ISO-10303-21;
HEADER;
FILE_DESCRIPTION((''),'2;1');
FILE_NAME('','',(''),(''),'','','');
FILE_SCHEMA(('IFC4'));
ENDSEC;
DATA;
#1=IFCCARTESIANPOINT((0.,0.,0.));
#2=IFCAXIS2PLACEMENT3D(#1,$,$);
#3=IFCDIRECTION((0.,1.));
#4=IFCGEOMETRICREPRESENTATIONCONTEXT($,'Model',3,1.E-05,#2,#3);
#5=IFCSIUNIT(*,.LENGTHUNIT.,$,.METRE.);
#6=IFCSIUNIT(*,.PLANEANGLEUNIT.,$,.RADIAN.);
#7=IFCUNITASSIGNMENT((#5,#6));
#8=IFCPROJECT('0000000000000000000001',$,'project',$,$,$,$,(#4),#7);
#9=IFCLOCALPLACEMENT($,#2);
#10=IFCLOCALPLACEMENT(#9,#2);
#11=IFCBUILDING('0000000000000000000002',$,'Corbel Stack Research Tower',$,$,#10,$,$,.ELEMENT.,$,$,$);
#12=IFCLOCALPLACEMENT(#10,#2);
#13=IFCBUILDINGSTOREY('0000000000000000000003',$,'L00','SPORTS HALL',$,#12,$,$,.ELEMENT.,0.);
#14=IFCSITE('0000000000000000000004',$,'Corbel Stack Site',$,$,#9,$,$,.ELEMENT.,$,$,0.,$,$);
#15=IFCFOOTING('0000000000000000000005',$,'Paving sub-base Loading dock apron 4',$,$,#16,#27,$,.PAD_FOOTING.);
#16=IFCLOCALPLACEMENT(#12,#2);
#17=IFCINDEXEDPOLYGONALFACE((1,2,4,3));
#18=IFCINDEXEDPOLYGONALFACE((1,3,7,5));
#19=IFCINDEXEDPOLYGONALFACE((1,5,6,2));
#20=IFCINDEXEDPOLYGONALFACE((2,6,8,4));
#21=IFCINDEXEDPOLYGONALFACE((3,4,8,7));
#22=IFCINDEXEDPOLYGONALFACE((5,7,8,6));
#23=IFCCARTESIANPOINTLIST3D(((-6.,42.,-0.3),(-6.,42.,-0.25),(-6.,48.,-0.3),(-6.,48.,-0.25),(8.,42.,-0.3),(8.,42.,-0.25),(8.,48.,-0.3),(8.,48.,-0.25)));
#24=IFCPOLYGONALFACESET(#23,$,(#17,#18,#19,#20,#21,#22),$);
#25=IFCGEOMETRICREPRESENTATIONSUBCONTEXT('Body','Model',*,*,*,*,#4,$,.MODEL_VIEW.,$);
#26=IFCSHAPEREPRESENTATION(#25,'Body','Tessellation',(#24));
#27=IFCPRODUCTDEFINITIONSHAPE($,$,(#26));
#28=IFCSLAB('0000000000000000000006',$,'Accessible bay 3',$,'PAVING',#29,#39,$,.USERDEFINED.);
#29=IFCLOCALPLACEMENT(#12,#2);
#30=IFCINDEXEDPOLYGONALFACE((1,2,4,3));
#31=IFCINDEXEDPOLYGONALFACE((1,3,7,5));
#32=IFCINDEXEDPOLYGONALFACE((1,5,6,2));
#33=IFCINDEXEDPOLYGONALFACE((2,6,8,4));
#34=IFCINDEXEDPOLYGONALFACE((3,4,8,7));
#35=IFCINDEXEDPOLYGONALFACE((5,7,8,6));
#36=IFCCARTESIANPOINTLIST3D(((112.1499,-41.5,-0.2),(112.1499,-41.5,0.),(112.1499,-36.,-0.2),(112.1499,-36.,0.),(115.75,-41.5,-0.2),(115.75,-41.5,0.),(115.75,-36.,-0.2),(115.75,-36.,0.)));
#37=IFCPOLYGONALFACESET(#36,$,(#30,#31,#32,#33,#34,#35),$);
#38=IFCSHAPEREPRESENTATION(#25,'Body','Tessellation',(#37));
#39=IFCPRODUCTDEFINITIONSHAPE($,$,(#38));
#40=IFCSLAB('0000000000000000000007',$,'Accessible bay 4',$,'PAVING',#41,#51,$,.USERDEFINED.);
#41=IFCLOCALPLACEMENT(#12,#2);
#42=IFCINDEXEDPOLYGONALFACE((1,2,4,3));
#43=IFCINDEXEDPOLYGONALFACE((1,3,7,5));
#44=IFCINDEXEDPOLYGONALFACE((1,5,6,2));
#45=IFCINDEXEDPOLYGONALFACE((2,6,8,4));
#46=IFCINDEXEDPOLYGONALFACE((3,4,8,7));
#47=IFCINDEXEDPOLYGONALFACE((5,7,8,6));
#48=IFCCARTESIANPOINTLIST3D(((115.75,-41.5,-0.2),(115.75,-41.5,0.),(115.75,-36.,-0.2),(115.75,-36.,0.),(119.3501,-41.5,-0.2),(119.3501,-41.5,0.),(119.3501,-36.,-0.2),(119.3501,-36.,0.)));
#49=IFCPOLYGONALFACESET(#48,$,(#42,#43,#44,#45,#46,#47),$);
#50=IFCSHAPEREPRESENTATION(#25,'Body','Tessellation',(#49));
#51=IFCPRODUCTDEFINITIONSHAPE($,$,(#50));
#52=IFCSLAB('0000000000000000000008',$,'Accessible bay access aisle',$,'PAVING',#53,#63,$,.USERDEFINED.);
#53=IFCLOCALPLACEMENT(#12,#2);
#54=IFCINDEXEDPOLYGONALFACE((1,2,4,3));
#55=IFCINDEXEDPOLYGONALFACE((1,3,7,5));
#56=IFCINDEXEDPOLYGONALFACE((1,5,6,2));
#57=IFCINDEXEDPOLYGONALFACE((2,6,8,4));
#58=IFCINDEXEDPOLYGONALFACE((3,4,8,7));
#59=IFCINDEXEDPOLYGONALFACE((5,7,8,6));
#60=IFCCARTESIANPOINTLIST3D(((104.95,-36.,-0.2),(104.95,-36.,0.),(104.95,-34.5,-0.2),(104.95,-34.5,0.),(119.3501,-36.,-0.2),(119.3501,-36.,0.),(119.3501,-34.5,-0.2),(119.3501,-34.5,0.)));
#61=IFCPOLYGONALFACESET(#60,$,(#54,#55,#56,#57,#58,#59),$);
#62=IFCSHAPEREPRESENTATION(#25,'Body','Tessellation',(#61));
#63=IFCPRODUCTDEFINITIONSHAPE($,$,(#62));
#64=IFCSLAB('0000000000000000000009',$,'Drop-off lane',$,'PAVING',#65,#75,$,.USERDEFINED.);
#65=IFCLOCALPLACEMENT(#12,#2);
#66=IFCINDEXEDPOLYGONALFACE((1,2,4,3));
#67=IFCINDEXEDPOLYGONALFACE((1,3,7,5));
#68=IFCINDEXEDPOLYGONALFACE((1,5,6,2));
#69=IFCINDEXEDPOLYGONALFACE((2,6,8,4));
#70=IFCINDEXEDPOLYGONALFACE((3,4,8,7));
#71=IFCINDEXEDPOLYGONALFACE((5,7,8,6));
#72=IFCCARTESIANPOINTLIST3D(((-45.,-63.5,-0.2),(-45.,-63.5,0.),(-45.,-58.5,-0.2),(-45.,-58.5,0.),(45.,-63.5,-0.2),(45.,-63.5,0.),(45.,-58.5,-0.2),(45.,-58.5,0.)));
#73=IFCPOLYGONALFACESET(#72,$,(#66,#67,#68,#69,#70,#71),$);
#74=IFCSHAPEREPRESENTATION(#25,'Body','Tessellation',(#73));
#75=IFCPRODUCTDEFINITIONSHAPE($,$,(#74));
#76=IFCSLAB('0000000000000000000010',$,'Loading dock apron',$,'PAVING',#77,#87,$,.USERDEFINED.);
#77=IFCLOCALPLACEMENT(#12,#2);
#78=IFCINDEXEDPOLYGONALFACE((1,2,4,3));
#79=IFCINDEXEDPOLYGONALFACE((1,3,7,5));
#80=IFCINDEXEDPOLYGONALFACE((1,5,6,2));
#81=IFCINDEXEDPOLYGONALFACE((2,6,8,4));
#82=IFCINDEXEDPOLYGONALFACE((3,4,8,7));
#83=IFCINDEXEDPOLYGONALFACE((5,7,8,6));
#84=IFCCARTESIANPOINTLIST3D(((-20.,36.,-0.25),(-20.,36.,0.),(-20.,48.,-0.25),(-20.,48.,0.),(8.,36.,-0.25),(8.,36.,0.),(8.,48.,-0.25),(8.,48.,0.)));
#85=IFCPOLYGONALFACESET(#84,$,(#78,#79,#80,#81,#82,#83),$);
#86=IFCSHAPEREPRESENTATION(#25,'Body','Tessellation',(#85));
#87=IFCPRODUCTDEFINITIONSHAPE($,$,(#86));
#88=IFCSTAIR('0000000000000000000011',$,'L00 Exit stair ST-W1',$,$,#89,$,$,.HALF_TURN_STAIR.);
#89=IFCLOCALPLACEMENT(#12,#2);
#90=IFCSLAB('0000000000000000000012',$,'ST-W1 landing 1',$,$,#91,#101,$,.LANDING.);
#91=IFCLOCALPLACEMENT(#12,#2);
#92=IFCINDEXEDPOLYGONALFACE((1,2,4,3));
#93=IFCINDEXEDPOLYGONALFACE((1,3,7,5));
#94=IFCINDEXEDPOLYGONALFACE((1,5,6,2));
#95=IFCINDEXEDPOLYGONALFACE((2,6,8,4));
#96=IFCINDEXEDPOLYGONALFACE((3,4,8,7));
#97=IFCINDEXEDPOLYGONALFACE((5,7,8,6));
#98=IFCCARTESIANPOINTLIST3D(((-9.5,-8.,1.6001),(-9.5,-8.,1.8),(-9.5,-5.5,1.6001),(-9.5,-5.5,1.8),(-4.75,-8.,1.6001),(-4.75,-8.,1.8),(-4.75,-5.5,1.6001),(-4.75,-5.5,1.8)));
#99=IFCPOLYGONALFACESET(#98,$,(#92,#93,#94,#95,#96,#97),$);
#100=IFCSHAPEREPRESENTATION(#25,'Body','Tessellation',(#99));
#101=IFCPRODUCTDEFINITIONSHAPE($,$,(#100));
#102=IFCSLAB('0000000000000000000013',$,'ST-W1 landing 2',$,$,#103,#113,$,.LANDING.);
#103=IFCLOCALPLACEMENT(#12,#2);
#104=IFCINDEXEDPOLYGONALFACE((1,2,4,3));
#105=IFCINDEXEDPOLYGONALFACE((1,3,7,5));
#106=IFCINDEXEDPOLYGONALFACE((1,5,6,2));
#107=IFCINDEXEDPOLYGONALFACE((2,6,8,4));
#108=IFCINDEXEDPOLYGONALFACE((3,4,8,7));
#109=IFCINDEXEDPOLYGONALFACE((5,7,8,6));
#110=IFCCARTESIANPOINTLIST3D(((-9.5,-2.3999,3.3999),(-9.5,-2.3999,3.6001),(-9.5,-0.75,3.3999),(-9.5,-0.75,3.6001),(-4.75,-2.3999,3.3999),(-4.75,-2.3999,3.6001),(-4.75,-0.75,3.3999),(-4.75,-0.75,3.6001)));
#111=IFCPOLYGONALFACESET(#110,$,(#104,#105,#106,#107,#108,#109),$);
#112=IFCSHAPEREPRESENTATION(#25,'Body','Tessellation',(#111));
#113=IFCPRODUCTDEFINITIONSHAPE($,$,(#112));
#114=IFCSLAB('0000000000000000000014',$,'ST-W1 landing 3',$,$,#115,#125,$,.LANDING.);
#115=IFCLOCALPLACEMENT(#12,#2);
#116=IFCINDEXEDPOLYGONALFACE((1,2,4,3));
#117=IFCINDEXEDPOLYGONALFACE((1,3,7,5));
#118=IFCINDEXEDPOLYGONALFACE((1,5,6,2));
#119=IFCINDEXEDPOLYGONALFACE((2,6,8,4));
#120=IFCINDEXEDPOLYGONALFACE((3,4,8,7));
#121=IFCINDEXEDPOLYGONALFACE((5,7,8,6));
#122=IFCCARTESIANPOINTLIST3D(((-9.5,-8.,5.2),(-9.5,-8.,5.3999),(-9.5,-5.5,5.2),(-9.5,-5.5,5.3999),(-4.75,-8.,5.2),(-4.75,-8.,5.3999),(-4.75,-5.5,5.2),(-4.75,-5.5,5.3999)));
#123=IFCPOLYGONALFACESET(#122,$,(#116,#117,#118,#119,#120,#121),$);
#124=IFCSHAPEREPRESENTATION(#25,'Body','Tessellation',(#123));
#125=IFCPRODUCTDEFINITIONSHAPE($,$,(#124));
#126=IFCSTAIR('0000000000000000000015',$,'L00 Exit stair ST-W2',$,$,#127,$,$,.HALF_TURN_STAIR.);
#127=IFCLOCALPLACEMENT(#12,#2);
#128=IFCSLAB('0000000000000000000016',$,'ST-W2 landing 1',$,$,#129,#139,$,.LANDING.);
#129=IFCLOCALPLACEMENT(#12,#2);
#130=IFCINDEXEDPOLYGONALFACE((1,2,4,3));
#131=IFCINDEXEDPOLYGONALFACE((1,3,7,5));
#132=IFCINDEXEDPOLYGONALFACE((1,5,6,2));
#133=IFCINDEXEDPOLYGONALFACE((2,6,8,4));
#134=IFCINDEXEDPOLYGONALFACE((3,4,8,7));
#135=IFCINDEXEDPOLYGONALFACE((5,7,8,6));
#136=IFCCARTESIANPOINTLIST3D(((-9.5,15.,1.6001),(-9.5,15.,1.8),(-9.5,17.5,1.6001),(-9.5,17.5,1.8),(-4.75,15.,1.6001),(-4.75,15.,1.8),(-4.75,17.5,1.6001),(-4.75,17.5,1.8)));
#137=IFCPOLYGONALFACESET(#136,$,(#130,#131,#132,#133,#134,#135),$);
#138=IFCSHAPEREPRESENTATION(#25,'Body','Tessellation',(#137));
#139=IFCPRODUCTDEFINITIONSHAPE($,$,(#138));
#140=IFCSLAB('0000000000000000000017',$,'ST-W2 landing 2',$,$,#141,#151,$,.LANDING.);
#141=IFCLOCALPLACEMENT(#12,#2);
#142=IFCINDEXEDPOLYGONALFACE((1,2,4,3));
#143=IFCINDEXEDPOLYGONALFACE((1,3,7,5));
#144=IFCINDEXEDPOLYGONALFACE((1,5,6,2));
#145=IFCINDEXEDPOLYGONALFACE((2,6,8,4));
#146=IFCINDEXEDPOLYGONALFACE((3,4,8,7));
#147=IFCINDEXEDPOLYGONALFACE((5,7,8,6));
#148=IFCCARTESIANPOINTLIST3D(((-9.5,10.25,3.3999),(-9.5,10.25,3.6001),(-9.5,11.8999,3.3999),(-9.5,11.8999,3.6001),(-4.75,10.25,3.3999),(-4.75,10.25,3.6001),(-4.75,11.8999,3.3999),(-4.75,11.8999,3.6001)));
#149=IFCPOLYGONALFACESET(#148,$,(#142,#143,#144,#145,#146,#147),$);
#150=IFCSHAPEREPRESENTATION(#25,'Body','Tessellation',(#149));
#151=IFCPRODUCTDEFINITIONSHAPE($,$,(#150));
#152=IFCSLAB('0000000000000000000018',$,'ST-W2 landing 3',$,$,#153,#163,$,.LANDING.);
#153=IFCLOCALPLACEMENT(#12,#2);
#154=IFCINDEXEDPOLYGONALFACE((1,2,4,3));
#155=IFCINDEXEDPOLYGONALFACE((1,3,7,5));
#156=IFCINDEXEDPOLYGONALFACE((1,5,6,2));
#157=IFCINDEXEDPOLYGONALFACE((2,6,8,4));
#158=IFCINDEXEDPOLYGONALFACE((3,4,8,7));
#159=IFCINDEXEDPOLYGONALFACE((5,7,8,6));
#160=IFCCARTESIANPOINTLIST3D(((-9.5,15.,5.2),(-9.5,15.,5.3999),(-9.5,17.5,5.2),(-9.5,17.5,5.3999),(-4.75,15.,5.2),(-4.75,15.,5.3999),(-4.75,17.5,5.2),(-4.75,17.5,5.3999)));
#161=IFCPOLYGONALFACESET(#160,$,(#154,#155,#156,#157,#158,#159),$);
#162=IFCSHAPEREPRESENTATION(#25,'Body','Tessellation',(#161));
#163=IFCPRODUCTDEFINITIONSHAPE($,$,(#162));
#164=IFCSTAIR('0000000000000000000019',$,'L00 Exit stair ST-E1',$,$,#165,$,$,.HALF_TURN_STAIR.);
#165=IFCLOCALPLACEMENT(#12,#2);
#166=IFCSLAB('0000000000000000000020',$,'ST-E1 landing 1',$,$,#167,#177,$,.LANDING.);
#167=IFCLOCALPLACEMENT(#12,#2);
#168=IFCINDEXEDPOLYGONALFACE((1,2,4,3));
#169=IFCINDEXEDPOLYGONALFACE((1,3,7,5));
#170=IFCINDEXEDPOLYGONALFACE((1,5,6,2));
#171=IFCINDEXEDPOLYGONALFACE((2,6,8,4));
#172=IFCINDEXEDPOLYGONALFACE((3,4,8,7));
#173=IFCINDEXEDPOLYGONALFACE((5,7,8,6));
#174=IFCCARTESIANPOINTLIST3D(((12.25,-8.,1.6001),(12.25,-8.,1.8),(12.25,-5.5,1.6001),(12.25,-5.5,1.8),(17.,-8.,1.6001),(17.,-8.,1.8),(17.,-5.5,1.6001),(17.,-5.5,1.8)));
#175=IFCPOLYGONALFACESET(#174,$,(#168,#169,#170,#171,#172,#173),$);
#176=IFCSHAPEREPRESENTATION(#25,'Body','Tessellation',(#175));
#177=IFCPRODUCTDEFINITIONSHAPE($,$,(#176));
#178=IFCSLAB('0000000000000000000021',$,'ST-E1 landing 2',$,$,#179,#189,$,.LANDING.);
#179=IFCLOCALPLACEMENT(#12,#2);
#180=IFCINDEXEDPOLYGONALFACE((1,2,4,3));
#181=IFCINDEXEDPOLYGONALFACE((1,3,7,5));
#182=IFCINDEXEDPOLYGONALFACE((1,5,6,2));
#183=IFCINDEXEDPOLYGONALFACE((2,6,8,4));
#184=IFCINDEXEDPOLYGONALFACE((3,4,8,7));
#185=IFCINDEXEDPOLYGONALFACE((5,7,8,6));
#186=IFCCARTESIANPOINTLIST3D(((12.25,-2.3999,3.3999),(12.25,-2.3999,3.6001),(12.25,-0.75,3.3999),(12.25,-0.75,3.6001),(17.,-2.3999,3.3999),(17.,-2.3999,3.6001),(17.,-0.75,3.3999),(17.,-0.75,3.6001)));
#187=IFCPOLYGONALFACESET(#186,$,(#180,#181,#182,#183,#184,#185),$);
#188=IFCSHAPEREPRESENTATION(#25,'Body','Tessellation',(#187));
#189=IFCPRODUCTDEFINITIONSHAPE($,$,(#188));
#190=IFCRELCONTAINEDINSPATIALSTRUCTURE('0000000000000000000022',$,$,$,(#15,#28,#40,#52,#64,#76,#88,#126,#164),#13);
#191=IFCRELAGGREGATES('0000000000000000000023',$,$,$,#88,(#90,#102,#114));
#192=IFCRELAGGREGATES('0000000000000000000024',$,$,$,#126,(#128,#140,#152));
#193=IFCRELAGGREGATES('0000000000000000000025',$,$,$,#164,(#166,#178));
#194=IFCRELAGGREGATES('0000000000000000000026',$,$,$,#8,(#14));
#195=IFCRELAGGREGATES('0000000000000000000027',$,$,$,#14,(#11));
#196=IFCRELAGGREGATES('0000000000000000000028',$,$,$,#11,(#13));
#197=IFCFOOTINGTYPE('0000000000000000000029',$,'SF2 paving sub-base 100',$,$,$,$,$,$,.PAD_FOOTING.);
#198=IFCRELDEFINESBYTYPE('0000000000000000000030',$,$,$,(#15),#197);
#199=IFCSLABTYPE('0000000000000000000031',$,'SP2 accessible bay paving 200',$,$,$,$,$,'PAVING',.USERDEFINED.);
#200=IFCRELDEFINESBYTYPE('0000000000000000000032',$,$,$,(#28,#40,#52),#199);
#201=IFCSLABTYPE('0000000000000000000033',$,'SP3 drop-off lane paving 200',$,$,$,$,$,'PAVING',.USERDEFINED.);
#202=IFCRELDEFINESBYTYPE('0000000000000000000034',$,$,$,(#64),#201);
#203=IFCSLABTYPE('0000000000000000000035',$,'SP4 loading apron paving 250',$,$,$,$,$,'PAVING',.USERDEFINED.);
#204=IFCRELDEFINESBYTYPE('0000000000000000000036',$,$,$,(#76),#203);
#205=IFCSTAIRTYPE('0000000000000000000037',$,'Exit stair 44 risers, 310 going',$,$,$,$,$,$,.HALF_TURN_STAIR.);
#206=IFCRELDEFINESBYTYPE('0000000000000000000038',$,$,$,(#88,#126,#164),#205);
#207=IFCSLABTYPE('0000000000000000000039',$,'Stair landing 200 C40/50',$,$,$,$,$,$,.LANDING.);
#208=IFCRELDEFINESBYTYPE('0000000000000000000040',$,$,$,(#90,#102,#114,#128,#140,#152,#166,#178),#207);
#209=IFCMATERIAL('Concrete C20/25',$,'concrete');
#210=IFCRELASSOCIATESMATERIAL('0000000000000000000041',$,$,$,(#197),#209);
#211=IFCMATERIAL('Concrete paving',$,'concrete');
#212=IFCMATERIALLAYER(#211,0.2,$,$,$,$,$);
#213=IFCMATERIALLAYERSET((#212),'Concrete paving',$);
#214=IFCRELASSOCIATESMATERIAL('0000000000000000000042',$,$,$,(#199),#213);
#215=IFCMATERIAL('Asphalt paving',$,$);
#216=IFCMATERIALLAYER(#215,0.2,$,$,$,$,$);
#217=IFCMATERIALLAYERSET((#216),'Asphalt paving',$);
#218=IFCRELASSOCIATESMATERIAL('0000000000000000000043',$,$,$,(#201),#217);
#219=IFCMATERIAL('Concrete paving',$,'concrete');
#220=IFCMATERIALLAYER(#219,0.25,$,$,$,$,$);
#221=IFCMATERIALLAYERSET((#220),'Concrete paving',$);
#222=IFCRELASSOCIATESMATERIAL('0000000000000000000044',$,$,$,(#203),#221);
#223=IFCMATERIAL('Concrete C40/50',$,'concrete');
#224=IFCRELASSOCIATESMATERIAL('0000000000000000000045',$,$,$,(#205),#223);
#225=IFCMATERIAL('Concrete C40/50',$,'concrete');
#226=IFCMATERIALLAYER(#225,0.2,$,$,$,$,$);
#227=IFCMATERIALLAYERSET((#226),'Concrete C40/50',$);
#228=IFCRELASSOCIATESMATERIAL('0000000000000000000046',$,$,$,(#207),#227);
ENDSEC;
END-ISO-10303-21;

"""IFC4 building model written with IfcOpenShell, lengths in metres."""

from ifc_helpers import new_model, si_unit, direction, frame, origin, place, context, subcontext, project, spatial, polyline, outline, extrude, material, layer, layer_set, type_object, element, aggregate, save


model = new_model("IFC4")

# Units and contexts
model_context = context("Model", 3, precision=1e-05, world=origin(), true_north=direction((0.0, 1.0)))
body_context = subcontext(model_context, "Body", "Model", "MODEL_VIEW")
ifc_project = project(units=[si_unit("LENGTHUNIT", "METRE"), si_unit("PLANEANGLEUNIT", "RADIAN")], contexts=[model_context])

# Site, building, storey
site_placement = place(None, origin())
site = spatial("IfcSite", under=ifc_project, at=site_placement, Name="Corbel Stack Site", CompositionType="ELEMENT", RefElevation=0.0)
building_placement = place(site_placement, origin())
building = spatial("IfcBuilding", under=site, at=building_placement, Name="Corbel Stack Research Tower", CompositionType="ELEMENT")
storey_placement = place(building_placement, origin())
storey = spatial("IfcBuildingStorey", under=building, at=storey_placement, Name="L00", Description="SPORTS HALL", CompositionType="ELEMENT", Elevation=0.0)

# Footing
ifc_material_1 = material(Name="Concrete C20/25", Category="concrete")
footing_type = type_object("IfcFootingType", Name="SF2 paving sub-base 100", PredefinedType="PAD_FOOTING", material=ifc_material_1)
footing_1_placement = place(storey_placement, frame((0.0, 0.0, -0.3)))
element("IfcFooting", 1, at=footing_1_placement, inside=storey, type_object=footing_type, Name="Paving sub-base Loading dock apron 4", PredefinedType="PAD_FOOTING", context=body_context, shape_type="SweptSolid", body=[
    extrude(outline(polyline([(8.0, 42.0), (-6.0, 42.0), (-6.0, 48.0), (8.0, 48.0), (8.0, 42.0)])), origin(), (0.0, 0.0, 1.0), 0.05),
])

# Slabs
ifc_material_2 = material(Name="Concrete paving", Category="concrete")
ifc_layer_1 = layer(ifc_material_2, 0.2)
ifc_layer_set_1 = layer_set([ifc_layer_1], Name="Concrete paving")
slab_type_1 = type_object("IfcSlabType", Name="SP2 accessible bay paving 200", ElementType="PAVING", PredefinedType="USERDEFINED", material=ifc_layer_set_1)
slab_1_placement = place(storey_placement, frame((0.0, 0.0, -0.2)))
element("IfcSlab", 2, at=slab_1_placement, inside=storey, type_object=slab_type_1, Name="Accessible bay 3", ObjectType="PAVING", PredefinedType="USERDEFINED", context=body_context, shape_type="SweptSolid", body=[
    extrude(outline(polyline([(115.75, -41.5), (112.1499, -41.5), (112.1499, -36.0), (115.75, -36.0), (115.75, -41.5)])), origin(), (0.0, 0.0, 1.0), 0.2),
])
slab_2_placement = place(storey_placement, frame((0.0, 0.0, -0.2)))
element("IfcSlab", 3, at=slab_2_placement, inside=storey, type_object=slab_type_1, Name="Accessible bay 4", ObjectType="PAVING", PredefinedType="USERDEFINED", context=body_context, shape_type="SweptSolid", body=[
    extrude(outline(polyline([(119.3501, -41.5), (115.75, -41.5), (115.75, -36.0), (119.3501, -36.0), (119.3501, -41.5)])), origin(), (0.0, 0.0, 1.0), 0.2),
])
slab_3_placement = place(storey_placement, frame((0.0, 0.0, -0.2)))
element("IfcSlab", 4, at=slab_3_placement, inside=storey, type_object=slab_type_1, Name="Accessible bay access aisle", ObjectType="PAVING", PredefinedType="USERDEFINED", context=body_context, shape_type="SweptSolid", body=[
    extrude(outline(polyline([(119.3501, -36.0), (104.95, -36.0), (104.95, -34.5), (119.3501, -34.5), (119.3501, -36.0)])), origin(), (0.0, 0.0, 1.0), 0.2),
])
ifc_material_3 = material(Name="Asphalt paving")
ifc_layer_2 = layer(ifc_material_3, 0.2)
ifc_layer_set_2 = layer_set([ifc_layer_2], Name="Asphalt paving")
slab_type_2 = type_object("IfcSlabType", Name="SP3 drop-off lane paving 200", ElementType="PAVING", PredefinedType="USERDEFINED", material=ifc_layer_set_2)
slab_4_placement = place(storey_placement, frame((0.0, 0.0, -0.2)))
element("IfcSlab", 5, at=slab_4_placement, inside=storey, type_object=slab_type_2, Name="Drop-off lane", ObjectType="PAVING", PredefinedType="USERDEFINED", context=body_context, shape_type="SweptSolid", body=[
    extrude(outline(polyline([(45.0, -63.5), (-45.0, -63.5), (-45.0, -58.5), (45.0, -58.5), (45.0, -63.5)])), origin(), (0.0, 0.0, 1.0), 0.2),
])
ifc_material_4 = material(Name="Concrete paving", Category="concrete")
ifc_layer_3 = layer(ifc_material_4, 0.25)
ifc_layer_set_3 = layer_set([ifc_layer_3], Name="Concrete paving")
slab_type_3 = type_object("IfcSlabType", Name="SP4 loading apron paving 250", ElementType="PAVING", PredefinedType="USERDEFINED", material=ifc_layer_set_3)
slab_5_placement = place(storey_placement, frame((0.0, 0.0, -0.25)))
element("IfcSlab", 6, at=slab_5_placement, inside=storey, type_object=slab_type_3, Name="Loading dock apron", ObjectType="PAVING", PredefinedType="USERDEFINED", context=body_context, shape_type="SweptSolid", body=[
    extrude(outline(polyline([(8.0, 36.0), (-20.0, 36.0), (-20.0, 48.0), (8.0, 48.0), (8.0, 36.0)])), origin(), (0.0, 0.0, 1.0), 0.25),
])

# Stairs, slabs
ifc_material_5 = material(Name="Concrete C40/50", Category="concrete")
stair_type = type_object("IfcStairType", Name="Exit stair 44 risers, 310 going", PredefinedType="HALF_TURN_STAIR", material=ifc_material_5)
stair_1_placement = place(storey_placement, origin())
stair_1 = element("IfcStair", 7, at=stair_1_placement, inside=storey, type_object=stair_type, Name="L00 Exit stair ST-W1", PredefinedType="HALF_TURN_STAIR")
ifc_material_6 = material(Name="Concrete C40/50", Category="concrete")
ifc_layer_4 = layer(ifc_material_6, 0.2)
ifc_layer_set_4 = layer_set([ifc_layer_4], Name="Concrete C40/50")
slab_type_4 = type_object("IfcSlabType", Name="Stair landing 200 C40/50", PredefinedType="LANDING", material=ifc_layer_set_4)
slab_6_placement = place(storey_placement, frame((0.0, 0.0, 1.6001)))
slab_6 = element("IfcSlab", 8, at=slab_6_placement, type_object=slab_type_4, Name="ST-W1 landing 1", PredefinedType="LANDING", context=body_context, shape_type="SweptSolid", body=[
    extrude(outline(polyline([(-9.5, -8.0), (-9.5, -5.5), (-4.75, -5.5), (-4.75, -8.0), (-9.5, -8.0)])), origin(), (0.0, 0.0, 1.0), 0.2),
])
slab_7_placement = place(storey_placement, frame((0.0, 0.0, 3.3999)))
slab_7 = element("IfcSlab", 9, at=slab_7_placement, type_object=slab_type_4, Name="ST-W1 landing 2", PredefinedType="LANDING", context=body_context, shape_type="SweptSolid", body=[
    extrude(outline(polyline([(-9.5, -2.3999), (-9.5, -0.75), (-4.75, -0.75), (-4.75, -2.3999), (-9.5, -2.3999)])), origin(), (0.0, 0.0, 1.0), 0.2002),
])
slab_8_placement = place(storey_placement, frame((0.0, 0.0, 5.2)))
slab_8 = element("IfcSlab", 10, at=slab_8_placement, type_object=slab_type_4, Name="ST-W1 landing 3", PredefinedType="LANDING", context=body_context, shape_type="SweptSolid", body=[
    extrude(outline(polyline([(-9.5, -8.0), (-9.5, -5.5), (-4.75, -5.5), (-4.75, -8.0), (-9.5, -8.0)])), origin(), (0.0, 0.0, 1.0), 0.2),
])
aggregate(stair_1, [slab_6, slab_7, slab_8])
stair_2_placement = place(storey_placement, origin())
stair_2 = element("IfcStair", 11, at=stair_2_placement, inside=storey, type_object=stair_type, Name="L00 Exit stair ST-W2", PredefinedType="HALF_TURN_STAIR")
slab_9_placement = place(storey_placement, frame((0.0, 0.0, 1.6001)))
slab_9 = element("IfcSlab", 12, at=slab_9_placement, type_object=slab_type_4, Name="ST-W2 landing 1", PredefinedType="LANDING", context=body_context, shape_type="SweptSolid", body=[
    extrude(outline(polyline([(-9.5, 15.0), (-9.5, 17.5), (-4.75, 17.5), (-4.75, 15.0), (-9.5, 15.0)])), origin(), (0.0, 0.0, 1.0), 0.2),
])
slab_10_placement = place(storey_placement, frame((0.0, 0.0, 3.3999)))
slab_10 = element("IfcSlab", 13, at=slab_10_placement, type_object=slab_type_4, Name="ST-W2 landing 2", PredefinedType="LANDING", context=body_context, shape_type="SweptSolid", body=[
    extrude(outline(polyline([(-9.5, 10.25), (-9.5, 11.8999), (-4.75, 11.8999), (-4.75, 10.25), (-9.5, 10.25)])), origin(), (0.0, 0.0, 1.0), 0.2002),
])
slab_11_placement = place(storey_placement, frame((0.0, 0.0, 5.2)))
slab_11 = element("IfcSlab", 14, at=slab_11_placement, type_object=slab_type_4, Name="ST-W2 landing 3", PredefinedType="LANDING", context=body_context, shape_type="SweptSolid", body=[
    extrude(outline(polyline([(-9.5, 15.0), (-9.5, 17.5), (-4.75, 17.5), (-4.75, 15.0), (-9.5, 15.0)])), origin(), (0.0, 0.0, 1.0), 0.2),
])
aggregate(stair_2, [slab_9, slab_10, slab_11])
stair_3_placement = place(storey_placement, origin())
stair_3 = element("IfcStair", 15, at=stair_3_placement, inside=storey, type_object=stair_type, Name="L00 Exit stair ST-E1", PredefinedType="HALF_TURN_STAIR")
slab_12_placement = place(storey_placement, frame((0.0, 0.0, 1.6001)))
slab_12 = element("IfcSlab", 16, at=slab_12_placement, type_object=slab_type_4, Name="ST-E1 landing 1", PredefinedType="LANDING", context=body_context, shape_type="SweptSolid", body=[
    extrude(outline(polyline([(12.25, -8.0), (12.25, -5.5), (17.0, -5.5), (17.0, -8.0), (12.25, -8.0)])), origin(), (0.0, 0.0, 1.0), 0.2),
])
slab_13_placement = place(storey_placement, frame((0.0, 0.0, 3.3999)))
slab_13 = element("IfcSlab", 17, at=slab_13_placement, type_object=slab_type_4, Name="ST-E1 landing 2", PredefinedType="LANDING", context=body_context, shape_type="SweptSolid", body=[
    extrude(outline(polyline([(12.25, -2.3999), (12.25, -0.75), (17.0, -0.75), (17.0, -2.3999), (12.25, -2.3999)])), origin(), (0.0, 0.0, 1.0), 0.2002),
])
aggregate(stair_3, [slab_12, slab_13])

save(model, "model.ifc")
